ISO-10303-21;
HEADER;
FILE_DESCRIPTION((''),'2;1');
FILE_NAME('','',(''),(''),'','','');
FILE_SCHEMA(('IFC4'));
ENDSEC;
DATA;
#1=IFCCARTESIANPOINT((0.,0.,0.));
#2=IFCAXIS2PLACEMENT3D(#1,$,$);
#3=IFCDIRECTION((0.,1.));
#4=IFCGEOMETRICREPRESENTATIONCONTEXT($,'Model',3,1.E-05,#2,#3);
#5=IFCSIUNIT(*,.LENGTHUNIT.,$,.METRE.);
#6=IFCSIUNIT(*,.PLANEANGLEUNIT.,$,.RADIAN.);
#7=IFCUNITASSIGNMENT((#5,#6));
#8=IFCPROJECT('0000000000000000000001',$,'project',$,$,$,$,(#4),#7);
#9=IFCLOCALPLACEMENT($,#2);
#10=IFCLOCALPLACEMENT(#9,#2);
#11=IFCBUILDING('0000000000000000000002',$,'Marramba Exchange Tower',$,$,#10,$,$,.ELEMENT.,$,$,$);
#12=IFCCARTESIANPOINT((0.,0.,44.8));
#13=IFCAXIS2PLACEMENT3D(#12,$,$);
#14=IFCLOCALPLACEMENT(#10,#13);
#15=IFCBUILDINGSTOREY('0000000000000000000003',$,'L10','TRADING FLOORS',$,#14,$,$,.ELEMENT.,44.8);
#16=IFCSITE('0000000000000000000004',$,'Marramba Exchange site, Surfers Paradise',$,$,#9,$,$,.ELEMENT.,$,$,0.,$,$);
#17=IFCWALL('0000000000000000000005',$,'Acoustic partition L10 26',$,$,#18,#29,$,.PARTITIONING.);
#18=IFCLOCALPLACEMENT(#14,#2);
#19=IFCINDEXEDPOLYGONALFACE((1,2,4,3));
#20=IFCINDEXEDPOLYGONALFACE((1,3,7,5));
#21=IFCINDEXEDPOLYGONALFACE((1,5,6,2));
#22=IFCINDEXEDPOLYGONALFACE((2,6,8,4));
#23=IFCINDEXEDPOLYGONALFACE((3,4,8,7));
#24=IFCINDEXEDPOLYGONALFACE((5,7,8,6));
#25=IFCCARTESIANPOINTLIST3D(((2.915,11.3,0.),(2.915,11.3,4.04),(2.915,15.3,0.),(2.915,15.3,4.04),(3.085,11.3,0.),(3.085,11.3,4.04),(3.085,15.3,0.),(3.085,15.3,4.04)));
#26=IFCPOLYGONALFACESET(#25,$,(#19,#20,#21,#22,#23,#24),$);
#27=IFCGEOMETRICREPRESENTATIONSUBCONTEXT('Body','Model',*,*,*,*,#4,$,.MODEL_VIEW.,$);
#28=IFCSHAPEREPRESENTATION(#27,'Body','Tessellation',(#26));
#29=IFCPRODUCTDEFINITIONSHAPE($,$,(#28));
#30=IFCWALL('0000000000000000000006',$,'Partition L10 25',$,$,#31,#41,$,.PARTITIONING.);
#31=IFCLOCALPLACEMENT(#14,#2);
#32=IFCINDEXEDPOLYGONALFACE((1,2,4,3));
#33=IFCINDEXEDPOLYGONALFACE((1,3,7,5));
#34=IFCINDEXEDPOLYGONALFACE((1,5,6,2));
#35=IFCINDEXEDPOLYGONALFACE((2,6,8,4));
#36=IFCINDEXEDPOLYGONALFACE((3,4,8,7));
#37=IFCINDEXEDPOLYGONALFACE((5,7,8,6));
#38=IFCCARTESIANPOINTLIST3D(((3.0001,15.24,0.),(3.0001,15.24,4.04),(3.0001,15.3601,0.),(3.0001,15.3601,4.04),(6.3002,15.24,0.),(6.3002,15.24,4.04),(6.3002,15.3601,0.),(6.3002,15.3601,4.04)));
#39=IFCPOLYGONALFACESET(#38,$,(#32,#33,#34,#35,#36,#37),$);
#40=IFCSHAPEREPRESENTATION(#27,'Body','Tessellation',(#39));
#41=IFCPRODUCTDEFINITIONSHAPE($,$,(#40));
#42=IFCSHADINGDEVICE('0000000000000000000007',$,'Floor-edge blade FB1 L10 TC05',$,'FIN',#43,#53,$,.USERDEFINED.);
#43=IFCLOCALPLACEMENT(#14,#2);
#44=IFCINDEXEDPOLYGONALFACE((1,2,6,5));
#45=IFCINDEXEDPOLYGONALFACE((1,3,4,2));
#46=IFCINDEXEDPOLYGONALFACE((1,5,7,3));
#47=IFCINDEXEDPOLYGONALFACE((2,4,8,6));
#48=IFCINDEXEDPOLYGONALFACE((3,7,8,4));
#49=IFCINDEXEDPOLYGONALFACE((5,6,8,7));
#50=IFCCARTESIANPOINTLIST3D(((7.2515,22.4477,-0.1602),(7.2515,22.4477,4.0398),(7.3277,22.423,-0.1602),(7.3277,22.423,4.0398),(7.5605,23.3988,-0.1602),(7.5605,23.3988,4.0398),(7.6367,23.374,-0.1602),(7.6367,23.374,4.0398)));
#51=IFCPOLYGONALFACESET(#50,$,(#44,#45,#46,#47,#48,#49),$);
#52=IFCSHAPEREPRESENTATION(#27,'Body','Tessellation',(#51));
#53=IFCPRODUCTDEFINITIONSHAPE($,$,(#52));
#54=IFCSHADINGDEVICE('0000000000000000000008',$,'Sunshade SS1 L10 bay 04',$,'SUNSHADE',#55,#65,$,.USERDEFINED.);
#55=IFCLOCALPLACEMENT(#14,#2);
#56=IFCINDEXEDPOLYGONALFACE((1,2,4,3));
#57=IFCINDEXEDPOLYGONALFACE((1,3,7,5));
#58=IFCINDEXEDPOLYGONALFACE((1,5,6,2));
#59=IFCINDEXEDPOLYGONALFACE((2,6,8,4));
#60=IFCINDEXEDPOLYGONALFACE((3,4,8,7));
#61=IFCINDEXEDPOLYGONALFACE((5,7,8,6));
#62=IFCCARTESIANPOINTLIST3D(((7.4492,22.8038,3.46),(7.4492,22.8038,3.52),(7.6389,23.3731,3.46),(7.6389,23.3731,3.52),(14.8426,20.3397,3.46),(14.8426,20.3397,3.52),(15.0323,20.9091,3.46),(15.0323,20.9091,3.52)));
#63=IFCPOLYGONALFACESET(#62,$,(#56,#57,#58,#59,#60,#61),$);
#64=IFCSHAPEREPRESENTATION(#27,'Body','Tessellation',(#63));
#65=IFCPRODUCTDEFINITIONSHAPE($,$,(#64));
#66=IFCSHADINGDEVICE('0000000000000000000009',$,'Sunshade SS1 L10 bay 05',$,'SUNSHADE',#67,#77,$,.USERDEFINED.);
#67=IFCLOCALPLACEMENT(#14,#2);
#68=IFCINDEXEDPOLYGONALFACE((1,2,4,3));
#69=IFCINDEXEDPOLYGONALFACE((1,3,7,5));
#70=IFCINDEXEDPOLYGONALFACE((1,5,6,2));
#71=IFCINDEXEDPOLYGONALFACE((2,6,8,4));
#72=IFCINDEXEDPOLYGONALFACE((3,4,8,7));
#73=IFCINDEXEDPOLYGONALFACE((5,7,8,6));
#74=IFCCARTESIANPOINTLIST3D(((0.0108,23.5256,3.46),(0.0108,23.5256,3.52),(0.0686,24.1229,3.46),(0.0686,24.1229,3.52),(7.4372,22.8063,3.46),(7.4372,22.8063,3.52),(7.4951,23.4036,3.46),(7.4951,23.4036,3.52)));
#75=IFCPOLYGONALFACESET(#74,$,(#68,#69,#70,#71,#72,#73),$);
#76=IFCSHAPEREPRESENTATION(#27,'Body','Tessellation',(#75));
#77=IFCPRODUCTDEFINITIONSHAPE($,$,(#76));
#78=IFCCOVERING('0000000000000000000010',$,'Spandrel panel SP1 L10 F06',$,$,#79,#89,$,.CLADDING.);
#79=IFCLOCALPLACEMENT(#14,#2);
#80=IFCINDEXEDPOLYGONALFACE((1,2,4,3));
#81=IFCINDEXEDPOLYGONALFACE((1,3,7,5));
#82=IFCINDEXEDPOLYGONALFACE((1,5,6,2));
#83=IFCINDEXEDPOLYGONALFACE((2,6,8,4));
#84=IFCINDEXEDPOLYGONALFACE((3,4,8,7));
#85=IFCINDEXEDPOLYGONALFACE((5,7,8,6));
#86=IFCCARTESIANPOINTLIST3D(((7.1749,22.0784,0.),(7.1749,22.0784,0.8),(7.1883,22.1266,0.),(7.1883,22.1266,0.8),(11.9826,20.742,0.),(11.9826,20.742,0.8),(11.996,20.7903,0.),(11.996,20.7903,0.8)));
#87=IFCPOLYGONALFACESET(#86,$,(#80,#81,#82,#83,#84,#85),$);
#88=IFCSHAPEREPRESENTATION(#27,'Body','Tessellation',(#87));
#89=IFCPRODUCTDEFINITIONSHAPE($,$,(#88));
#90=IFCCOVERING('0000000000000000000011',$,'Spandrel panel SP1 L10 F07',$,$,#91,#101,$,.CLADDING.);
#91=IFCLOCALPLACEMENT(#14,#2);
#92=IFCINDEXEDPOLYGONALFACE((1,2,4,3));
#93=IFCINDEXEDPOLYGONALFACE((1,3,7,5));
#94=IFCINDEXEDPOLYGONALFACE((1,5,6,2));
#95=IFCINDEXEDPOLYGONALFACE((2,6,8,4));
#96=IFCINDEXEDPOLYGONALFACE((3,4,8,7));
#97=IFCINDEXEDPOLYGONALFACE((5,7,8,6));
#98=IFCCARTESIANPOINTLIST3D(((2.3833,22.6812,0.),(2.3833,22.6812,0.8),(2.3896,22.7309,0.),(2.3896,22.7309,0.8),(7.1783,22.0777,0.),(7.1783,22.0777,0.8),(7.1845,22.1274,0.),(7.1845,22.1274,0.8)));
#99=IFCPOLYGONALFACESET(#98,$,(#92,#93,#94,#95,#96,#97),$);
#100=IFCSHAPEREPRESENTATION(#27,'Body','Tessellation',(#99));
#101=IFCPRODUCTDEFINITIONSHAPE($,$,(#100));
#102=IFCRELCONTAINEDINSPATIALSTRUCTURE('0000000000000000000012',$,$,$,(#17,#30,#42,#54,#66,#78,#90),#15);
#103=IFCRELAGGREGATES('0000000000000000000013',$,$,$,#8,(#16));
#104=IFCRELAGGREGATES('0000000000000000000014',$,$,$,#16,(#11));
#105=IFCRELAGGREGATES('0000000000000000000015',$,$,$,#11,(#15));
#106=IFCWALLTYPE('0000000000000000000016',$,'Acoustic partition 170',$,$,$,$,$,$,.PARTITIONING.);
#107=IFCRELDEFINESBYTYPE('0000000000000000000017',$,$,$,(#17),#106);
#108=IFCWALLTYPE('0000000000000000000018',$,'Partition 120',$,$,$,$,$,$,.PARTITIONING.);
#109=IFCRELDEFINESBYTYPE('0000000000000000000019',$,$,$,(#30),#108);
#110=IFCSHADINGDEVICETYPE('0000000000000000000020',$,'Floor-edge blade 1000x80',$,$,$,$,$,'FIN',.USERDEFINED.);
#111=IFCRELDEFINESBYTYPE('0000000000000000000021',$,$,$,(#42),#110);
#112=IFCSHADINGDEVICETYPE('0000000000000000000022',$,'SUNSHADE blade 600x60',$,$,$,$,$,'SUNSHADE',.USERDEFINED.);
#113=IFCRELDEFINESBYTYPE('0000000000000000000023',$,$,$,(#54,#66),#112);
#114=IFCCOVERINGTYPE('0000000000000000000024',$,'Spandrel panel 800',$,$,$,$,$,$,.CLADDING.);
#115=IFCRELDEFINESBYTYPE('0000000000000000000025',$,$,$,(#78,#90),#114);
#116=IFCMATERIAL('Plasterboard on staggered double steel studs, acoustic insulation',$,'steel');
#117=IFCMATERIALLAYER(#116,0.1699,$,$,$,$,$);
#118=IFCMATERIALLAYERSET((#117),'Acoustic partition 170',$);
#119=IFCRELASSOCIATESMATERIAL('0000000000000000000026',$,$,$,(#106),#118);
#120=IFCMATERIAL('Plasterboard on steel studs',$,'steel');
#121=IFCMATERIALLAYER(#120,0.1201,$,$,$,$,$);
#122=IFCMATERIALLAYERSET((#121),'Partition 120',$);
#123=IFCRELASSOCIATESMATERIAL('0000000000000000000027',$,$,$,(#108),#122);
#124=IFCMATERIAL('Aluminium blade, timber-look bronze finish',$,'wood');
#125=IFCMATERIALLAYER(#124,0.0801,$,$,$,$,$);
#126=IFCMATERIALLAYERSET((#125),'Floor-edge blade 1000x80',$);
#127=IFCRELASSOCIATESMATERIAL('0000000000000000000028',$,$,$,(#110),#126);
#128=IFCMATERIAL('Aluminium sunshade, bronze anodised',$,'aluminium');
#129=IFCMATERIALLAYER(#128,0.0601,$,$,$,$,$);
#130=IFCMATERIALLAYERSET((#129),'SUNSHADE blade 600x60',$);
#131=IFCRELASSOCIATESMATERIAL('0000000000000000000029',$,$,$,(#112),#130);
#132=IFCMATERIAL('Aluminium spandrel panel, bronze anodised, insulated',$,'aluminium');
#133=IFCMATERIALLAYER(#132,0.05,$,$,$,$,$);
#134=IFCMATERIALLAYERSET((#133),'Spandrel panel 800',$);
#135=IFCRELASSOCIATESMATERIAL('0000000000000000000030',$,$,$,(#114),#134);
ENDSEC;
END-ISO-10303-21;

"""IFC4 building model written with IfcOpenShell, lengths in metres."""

from ifc_helpers import new_model, si_unit, direction, frame, frame_2d, origin, origin_2d, place, context, subcontext, project, spatial, rectangle, extrude, material, layer, layer_set, type_object, element, save


model = new_model("IFC4")

# Units and contexts
model_context = context("Model", 3, precision=1e-05, world=origin(), true_north=direction((0.0, 1.0)))
body_context = subcontext(model_context, "Body", "Model", "MODEL_VIEW")
ifc_project = project(units=[si_unit("LENGTHUNIT", "METRE"), si_unit("PLANEANGLEUNIT", "RADIAN")], contexts=[model_context])

# Site, building, storey
site_placement = place(None, origin())
site = spatial("IfcSite", under=ifc_project, at=site_placement, Name="Marramba Exchange site, Surfers Paradise", CompositionType="ELEMENT", RefElevation=0.0)
building_placement = place(site_placement, origin())
building = spatial("IfcBuilding", under=site, at=building_placement, Name="Marramba Exchange Tower", CompositionType="ELEMENT")
storey_placement = place(building_placement, frame((0.0, 0.0, 44.8)))
storey = spatial("IfcBuildingStorey", under=building, at=storey_placement, Name="L10", Description="TRADING FLOORS", CompositionType="ELEMENT", Elevation=44.8)

# Wall
ifc_material_1 = material(Name="Plasterboard on staggered double steel studs, acoustic insulation", Category="steel")
ifc_layer_1 = layer(ifc_material_1, 0.1699)
ifc_layer_set_1 = layer_set([ifc_layer_1], Name="Acoustic partition 170")
wall_type_1 = type_object("IfcWallType", Name="Acoustic partition 170", PredefinedType="PARTITIONING", material=ifc_layer_set_1)
wall_1_placement = place(storey_placement, frame((3.0, 15.3, 0.0), z_axis=(0.0, 0.0, 1.0), x_axis=(0.0, -1.0, 0.0)))
element("IfcWall", 1, at=wall_1_placement, inside=storey, type_object=wall_type_1, Name="Acoustic partition L10 26", PredefinedType="PARTITIONING", context=body_context, shape_type="SweptSolid", body=[
    extrude(rectangle(XDim=4.0, YDim=0.1699, at=frame_2d((2.0, 0.0))), origin(), (0.0, 0.0, 1.0), 4.04),
])

# Wall
ifc_material_2 = material(Name="Plasterboard on steel studs", Category="steel")
ifc_layer_2 = layer(ifc_material_2, 0.1201)
ifc_layer_set_2 = layer_set([ifc_layer_2], Name="Partition 120")
wall_type_2 = type_object("IfcWallType", Name="Partition 120", PredefinedType="PARTITIONING", material=ifc_layer_set_2)
wall_2_placement = place(storey_placement, frame((6.3, 15.3, 0.0), z_axis=(0.0, 0.0, 1.0), x_axis=(-1.0, 0.0, 0.0)))
element("IfcWall", 2, at=wall_2_placement, inside=storey, type_object=wall_type_2, Name="Partition L10 25", PredefinedType="PARTITIONING", context=body_context, shape_type="SweptSolid", body=[
    extrude(rectangle(XDim=3.3, YDim=0.1201, at=frame_2d((1.6499, 0.0))), origin(), (0.0, 0.0, 1.0), 4.04),
])

# Shading devices
ifc_material_3 = material(Name="Aluminium blade, timber-look bronze finish", Category="wood")
ifc_layer_3 = layer(ifc_material_3, 0.0801)
ifc_layer_set_3 = layer_set([ifc_layer_3], Name="Floor-edge blade 1000x80")
shading_device_type_1 = type_object("IfcShadingDeviceType", Name="Floor-edge blade 1000x80", ElementType="FIN", PredefinedType="USERDEFINED", material=ifc_layer_set_3)
shading_device_1_placement = place(storey_placement, frame((7.4441, 22.9109, -0.1602), z_axis=(0.0, 0.0, 1.0), x_axis=(0.309017, 0.951057, 0.0)))
element("IfcShadingDevice", 3, at=shading_device_1_placement, inside=storey, type_object=shading_device_type_1, Name="Floor-edge blade FB1 L10 TC05", ObjectType="FIN", PredefinedType="USERDEFINED", context=body_context, shape_type="SweptSolid", body=[
    extrude(rectangle(XDim=1.0, YDim=0.0801, at=origin_2d()), origin(), (0.0, 0.0, 1.0), 4.2),
])
ifc_material_4 = material(Name="Aluminium sunshade, bronze anodised", Category="aluminium")
ifc_layer_4 = layer(ifc_material_4, 0.0601)
ifc_layer_set_4 = layer_set([ifc_layer_4], Name="SUNSHADE blade 600x60")
shading_device_type_2 = type_object("IfcShadingDeviceType", Name="SUNSHADE blade 600x60", ElementType="SUNSHADE", PredefinedType="USERDEFINED", material=ifc_layer_set_4)
shading_device_2_placement = place(storey_placement, frame((11.2407, 21.8564, 3.46), z_axis=(0.0, 0.0, 1.0), x_axis=(-0.948698, 0.316184, 0.0)))
element("IfcShadingDevice", 4, at=shading_device_2_placement, inside=storey, type_object=shading_device_type_2, Name="Sunshade SS1 L10 bay 04", ObjectType="SUNSHADE", PredefinedType="USERDEFINED", context=body_context, shape_type="SweptSolid", body=[
    extrude(rectangle(XDim=7.7932, YDim=0.6001, at=origin_2d()), origin(), (0.0, 0.0, 1.0), 0.0601),
])
shading_device_3_placement = place(storey_placement, frame((3.7529, 23.4646, 3.46), z_axis=(0.0, 0.0, 1.0), x_axis=(-0.995343, 0.096398, 0.0)))
element("IfcShadingDevice", 5, at=shading_device_3_placement, inside=storey, type_object=shading_device_type_2, Name="Sunshade SS1 L10 bay 05", ObjectType="SUNSHADE", PredefinedType="USERDEFINED", context=body_context, shape_type="SweptSolid", body=[
    extrude(rectangle(XDim=7.4612, YDim=0.6001, at=origin_2d()), origin(), (0.0, 0.0, 1.0), 0.0601),
])

# Coverings
ifc_material_5 = material(Name="Aluminium spandrel panel, bronze anodised, insulated", Category="aluminium")
ifc_layer_5 = layer(ifc_material_5, 0.05)
ifc_layer_set_5 = layer_set([ifc_layer_5], Name="Spandrel panel 800")
covering_type = type_object("IfcCoveringType", Name="Spandrel panel 800", PredefinedType="CLADDING", material=ifc_layer_set_5)
covering_1_placement = place(storey_placement, frame((9.5854, 21.4343, 0.0), z_axis=(0.0, 0.0, 1.0), x_axis=(-0.963472, 0.267809, 0.0)))
element("IfcCovering", 6, at=covering_1_placement, inside=storey, type_object=covering_type, Name="Spandrel panel SP1 L10 F06", PredefinedType="CLADDING", context=body_context, shape_type="SweptSolid", body=[
    extrude(rectangle(XDim=4.99, YDim=0.05, at=origin_2d()), origin(), (0.0, 0.0, 1.0), 0.8),
])
covering_2_placement = place(storey_placement, frame((4.7839, 22.4043, 0.0), z_axis=(0.0, 0.0, 1.0), x_axis=(-0.992173, 0.124873, 0.0)))
element("IfcCovering", 7, at=covering_2_placement, inside=storey, type_object=covering_type, Name="Spandrel panel SP1 L10 F07", PredefinedType="CLADDING", context=body_context, shape_type="SweptSolid", body=[
    extrude(rectangle(XDim=4.8328, YDim=0.05, at=origin_2d()), origin(), (0.0, 0.0, 1.0), 0.8),
])

save(model, "model.ifc")
